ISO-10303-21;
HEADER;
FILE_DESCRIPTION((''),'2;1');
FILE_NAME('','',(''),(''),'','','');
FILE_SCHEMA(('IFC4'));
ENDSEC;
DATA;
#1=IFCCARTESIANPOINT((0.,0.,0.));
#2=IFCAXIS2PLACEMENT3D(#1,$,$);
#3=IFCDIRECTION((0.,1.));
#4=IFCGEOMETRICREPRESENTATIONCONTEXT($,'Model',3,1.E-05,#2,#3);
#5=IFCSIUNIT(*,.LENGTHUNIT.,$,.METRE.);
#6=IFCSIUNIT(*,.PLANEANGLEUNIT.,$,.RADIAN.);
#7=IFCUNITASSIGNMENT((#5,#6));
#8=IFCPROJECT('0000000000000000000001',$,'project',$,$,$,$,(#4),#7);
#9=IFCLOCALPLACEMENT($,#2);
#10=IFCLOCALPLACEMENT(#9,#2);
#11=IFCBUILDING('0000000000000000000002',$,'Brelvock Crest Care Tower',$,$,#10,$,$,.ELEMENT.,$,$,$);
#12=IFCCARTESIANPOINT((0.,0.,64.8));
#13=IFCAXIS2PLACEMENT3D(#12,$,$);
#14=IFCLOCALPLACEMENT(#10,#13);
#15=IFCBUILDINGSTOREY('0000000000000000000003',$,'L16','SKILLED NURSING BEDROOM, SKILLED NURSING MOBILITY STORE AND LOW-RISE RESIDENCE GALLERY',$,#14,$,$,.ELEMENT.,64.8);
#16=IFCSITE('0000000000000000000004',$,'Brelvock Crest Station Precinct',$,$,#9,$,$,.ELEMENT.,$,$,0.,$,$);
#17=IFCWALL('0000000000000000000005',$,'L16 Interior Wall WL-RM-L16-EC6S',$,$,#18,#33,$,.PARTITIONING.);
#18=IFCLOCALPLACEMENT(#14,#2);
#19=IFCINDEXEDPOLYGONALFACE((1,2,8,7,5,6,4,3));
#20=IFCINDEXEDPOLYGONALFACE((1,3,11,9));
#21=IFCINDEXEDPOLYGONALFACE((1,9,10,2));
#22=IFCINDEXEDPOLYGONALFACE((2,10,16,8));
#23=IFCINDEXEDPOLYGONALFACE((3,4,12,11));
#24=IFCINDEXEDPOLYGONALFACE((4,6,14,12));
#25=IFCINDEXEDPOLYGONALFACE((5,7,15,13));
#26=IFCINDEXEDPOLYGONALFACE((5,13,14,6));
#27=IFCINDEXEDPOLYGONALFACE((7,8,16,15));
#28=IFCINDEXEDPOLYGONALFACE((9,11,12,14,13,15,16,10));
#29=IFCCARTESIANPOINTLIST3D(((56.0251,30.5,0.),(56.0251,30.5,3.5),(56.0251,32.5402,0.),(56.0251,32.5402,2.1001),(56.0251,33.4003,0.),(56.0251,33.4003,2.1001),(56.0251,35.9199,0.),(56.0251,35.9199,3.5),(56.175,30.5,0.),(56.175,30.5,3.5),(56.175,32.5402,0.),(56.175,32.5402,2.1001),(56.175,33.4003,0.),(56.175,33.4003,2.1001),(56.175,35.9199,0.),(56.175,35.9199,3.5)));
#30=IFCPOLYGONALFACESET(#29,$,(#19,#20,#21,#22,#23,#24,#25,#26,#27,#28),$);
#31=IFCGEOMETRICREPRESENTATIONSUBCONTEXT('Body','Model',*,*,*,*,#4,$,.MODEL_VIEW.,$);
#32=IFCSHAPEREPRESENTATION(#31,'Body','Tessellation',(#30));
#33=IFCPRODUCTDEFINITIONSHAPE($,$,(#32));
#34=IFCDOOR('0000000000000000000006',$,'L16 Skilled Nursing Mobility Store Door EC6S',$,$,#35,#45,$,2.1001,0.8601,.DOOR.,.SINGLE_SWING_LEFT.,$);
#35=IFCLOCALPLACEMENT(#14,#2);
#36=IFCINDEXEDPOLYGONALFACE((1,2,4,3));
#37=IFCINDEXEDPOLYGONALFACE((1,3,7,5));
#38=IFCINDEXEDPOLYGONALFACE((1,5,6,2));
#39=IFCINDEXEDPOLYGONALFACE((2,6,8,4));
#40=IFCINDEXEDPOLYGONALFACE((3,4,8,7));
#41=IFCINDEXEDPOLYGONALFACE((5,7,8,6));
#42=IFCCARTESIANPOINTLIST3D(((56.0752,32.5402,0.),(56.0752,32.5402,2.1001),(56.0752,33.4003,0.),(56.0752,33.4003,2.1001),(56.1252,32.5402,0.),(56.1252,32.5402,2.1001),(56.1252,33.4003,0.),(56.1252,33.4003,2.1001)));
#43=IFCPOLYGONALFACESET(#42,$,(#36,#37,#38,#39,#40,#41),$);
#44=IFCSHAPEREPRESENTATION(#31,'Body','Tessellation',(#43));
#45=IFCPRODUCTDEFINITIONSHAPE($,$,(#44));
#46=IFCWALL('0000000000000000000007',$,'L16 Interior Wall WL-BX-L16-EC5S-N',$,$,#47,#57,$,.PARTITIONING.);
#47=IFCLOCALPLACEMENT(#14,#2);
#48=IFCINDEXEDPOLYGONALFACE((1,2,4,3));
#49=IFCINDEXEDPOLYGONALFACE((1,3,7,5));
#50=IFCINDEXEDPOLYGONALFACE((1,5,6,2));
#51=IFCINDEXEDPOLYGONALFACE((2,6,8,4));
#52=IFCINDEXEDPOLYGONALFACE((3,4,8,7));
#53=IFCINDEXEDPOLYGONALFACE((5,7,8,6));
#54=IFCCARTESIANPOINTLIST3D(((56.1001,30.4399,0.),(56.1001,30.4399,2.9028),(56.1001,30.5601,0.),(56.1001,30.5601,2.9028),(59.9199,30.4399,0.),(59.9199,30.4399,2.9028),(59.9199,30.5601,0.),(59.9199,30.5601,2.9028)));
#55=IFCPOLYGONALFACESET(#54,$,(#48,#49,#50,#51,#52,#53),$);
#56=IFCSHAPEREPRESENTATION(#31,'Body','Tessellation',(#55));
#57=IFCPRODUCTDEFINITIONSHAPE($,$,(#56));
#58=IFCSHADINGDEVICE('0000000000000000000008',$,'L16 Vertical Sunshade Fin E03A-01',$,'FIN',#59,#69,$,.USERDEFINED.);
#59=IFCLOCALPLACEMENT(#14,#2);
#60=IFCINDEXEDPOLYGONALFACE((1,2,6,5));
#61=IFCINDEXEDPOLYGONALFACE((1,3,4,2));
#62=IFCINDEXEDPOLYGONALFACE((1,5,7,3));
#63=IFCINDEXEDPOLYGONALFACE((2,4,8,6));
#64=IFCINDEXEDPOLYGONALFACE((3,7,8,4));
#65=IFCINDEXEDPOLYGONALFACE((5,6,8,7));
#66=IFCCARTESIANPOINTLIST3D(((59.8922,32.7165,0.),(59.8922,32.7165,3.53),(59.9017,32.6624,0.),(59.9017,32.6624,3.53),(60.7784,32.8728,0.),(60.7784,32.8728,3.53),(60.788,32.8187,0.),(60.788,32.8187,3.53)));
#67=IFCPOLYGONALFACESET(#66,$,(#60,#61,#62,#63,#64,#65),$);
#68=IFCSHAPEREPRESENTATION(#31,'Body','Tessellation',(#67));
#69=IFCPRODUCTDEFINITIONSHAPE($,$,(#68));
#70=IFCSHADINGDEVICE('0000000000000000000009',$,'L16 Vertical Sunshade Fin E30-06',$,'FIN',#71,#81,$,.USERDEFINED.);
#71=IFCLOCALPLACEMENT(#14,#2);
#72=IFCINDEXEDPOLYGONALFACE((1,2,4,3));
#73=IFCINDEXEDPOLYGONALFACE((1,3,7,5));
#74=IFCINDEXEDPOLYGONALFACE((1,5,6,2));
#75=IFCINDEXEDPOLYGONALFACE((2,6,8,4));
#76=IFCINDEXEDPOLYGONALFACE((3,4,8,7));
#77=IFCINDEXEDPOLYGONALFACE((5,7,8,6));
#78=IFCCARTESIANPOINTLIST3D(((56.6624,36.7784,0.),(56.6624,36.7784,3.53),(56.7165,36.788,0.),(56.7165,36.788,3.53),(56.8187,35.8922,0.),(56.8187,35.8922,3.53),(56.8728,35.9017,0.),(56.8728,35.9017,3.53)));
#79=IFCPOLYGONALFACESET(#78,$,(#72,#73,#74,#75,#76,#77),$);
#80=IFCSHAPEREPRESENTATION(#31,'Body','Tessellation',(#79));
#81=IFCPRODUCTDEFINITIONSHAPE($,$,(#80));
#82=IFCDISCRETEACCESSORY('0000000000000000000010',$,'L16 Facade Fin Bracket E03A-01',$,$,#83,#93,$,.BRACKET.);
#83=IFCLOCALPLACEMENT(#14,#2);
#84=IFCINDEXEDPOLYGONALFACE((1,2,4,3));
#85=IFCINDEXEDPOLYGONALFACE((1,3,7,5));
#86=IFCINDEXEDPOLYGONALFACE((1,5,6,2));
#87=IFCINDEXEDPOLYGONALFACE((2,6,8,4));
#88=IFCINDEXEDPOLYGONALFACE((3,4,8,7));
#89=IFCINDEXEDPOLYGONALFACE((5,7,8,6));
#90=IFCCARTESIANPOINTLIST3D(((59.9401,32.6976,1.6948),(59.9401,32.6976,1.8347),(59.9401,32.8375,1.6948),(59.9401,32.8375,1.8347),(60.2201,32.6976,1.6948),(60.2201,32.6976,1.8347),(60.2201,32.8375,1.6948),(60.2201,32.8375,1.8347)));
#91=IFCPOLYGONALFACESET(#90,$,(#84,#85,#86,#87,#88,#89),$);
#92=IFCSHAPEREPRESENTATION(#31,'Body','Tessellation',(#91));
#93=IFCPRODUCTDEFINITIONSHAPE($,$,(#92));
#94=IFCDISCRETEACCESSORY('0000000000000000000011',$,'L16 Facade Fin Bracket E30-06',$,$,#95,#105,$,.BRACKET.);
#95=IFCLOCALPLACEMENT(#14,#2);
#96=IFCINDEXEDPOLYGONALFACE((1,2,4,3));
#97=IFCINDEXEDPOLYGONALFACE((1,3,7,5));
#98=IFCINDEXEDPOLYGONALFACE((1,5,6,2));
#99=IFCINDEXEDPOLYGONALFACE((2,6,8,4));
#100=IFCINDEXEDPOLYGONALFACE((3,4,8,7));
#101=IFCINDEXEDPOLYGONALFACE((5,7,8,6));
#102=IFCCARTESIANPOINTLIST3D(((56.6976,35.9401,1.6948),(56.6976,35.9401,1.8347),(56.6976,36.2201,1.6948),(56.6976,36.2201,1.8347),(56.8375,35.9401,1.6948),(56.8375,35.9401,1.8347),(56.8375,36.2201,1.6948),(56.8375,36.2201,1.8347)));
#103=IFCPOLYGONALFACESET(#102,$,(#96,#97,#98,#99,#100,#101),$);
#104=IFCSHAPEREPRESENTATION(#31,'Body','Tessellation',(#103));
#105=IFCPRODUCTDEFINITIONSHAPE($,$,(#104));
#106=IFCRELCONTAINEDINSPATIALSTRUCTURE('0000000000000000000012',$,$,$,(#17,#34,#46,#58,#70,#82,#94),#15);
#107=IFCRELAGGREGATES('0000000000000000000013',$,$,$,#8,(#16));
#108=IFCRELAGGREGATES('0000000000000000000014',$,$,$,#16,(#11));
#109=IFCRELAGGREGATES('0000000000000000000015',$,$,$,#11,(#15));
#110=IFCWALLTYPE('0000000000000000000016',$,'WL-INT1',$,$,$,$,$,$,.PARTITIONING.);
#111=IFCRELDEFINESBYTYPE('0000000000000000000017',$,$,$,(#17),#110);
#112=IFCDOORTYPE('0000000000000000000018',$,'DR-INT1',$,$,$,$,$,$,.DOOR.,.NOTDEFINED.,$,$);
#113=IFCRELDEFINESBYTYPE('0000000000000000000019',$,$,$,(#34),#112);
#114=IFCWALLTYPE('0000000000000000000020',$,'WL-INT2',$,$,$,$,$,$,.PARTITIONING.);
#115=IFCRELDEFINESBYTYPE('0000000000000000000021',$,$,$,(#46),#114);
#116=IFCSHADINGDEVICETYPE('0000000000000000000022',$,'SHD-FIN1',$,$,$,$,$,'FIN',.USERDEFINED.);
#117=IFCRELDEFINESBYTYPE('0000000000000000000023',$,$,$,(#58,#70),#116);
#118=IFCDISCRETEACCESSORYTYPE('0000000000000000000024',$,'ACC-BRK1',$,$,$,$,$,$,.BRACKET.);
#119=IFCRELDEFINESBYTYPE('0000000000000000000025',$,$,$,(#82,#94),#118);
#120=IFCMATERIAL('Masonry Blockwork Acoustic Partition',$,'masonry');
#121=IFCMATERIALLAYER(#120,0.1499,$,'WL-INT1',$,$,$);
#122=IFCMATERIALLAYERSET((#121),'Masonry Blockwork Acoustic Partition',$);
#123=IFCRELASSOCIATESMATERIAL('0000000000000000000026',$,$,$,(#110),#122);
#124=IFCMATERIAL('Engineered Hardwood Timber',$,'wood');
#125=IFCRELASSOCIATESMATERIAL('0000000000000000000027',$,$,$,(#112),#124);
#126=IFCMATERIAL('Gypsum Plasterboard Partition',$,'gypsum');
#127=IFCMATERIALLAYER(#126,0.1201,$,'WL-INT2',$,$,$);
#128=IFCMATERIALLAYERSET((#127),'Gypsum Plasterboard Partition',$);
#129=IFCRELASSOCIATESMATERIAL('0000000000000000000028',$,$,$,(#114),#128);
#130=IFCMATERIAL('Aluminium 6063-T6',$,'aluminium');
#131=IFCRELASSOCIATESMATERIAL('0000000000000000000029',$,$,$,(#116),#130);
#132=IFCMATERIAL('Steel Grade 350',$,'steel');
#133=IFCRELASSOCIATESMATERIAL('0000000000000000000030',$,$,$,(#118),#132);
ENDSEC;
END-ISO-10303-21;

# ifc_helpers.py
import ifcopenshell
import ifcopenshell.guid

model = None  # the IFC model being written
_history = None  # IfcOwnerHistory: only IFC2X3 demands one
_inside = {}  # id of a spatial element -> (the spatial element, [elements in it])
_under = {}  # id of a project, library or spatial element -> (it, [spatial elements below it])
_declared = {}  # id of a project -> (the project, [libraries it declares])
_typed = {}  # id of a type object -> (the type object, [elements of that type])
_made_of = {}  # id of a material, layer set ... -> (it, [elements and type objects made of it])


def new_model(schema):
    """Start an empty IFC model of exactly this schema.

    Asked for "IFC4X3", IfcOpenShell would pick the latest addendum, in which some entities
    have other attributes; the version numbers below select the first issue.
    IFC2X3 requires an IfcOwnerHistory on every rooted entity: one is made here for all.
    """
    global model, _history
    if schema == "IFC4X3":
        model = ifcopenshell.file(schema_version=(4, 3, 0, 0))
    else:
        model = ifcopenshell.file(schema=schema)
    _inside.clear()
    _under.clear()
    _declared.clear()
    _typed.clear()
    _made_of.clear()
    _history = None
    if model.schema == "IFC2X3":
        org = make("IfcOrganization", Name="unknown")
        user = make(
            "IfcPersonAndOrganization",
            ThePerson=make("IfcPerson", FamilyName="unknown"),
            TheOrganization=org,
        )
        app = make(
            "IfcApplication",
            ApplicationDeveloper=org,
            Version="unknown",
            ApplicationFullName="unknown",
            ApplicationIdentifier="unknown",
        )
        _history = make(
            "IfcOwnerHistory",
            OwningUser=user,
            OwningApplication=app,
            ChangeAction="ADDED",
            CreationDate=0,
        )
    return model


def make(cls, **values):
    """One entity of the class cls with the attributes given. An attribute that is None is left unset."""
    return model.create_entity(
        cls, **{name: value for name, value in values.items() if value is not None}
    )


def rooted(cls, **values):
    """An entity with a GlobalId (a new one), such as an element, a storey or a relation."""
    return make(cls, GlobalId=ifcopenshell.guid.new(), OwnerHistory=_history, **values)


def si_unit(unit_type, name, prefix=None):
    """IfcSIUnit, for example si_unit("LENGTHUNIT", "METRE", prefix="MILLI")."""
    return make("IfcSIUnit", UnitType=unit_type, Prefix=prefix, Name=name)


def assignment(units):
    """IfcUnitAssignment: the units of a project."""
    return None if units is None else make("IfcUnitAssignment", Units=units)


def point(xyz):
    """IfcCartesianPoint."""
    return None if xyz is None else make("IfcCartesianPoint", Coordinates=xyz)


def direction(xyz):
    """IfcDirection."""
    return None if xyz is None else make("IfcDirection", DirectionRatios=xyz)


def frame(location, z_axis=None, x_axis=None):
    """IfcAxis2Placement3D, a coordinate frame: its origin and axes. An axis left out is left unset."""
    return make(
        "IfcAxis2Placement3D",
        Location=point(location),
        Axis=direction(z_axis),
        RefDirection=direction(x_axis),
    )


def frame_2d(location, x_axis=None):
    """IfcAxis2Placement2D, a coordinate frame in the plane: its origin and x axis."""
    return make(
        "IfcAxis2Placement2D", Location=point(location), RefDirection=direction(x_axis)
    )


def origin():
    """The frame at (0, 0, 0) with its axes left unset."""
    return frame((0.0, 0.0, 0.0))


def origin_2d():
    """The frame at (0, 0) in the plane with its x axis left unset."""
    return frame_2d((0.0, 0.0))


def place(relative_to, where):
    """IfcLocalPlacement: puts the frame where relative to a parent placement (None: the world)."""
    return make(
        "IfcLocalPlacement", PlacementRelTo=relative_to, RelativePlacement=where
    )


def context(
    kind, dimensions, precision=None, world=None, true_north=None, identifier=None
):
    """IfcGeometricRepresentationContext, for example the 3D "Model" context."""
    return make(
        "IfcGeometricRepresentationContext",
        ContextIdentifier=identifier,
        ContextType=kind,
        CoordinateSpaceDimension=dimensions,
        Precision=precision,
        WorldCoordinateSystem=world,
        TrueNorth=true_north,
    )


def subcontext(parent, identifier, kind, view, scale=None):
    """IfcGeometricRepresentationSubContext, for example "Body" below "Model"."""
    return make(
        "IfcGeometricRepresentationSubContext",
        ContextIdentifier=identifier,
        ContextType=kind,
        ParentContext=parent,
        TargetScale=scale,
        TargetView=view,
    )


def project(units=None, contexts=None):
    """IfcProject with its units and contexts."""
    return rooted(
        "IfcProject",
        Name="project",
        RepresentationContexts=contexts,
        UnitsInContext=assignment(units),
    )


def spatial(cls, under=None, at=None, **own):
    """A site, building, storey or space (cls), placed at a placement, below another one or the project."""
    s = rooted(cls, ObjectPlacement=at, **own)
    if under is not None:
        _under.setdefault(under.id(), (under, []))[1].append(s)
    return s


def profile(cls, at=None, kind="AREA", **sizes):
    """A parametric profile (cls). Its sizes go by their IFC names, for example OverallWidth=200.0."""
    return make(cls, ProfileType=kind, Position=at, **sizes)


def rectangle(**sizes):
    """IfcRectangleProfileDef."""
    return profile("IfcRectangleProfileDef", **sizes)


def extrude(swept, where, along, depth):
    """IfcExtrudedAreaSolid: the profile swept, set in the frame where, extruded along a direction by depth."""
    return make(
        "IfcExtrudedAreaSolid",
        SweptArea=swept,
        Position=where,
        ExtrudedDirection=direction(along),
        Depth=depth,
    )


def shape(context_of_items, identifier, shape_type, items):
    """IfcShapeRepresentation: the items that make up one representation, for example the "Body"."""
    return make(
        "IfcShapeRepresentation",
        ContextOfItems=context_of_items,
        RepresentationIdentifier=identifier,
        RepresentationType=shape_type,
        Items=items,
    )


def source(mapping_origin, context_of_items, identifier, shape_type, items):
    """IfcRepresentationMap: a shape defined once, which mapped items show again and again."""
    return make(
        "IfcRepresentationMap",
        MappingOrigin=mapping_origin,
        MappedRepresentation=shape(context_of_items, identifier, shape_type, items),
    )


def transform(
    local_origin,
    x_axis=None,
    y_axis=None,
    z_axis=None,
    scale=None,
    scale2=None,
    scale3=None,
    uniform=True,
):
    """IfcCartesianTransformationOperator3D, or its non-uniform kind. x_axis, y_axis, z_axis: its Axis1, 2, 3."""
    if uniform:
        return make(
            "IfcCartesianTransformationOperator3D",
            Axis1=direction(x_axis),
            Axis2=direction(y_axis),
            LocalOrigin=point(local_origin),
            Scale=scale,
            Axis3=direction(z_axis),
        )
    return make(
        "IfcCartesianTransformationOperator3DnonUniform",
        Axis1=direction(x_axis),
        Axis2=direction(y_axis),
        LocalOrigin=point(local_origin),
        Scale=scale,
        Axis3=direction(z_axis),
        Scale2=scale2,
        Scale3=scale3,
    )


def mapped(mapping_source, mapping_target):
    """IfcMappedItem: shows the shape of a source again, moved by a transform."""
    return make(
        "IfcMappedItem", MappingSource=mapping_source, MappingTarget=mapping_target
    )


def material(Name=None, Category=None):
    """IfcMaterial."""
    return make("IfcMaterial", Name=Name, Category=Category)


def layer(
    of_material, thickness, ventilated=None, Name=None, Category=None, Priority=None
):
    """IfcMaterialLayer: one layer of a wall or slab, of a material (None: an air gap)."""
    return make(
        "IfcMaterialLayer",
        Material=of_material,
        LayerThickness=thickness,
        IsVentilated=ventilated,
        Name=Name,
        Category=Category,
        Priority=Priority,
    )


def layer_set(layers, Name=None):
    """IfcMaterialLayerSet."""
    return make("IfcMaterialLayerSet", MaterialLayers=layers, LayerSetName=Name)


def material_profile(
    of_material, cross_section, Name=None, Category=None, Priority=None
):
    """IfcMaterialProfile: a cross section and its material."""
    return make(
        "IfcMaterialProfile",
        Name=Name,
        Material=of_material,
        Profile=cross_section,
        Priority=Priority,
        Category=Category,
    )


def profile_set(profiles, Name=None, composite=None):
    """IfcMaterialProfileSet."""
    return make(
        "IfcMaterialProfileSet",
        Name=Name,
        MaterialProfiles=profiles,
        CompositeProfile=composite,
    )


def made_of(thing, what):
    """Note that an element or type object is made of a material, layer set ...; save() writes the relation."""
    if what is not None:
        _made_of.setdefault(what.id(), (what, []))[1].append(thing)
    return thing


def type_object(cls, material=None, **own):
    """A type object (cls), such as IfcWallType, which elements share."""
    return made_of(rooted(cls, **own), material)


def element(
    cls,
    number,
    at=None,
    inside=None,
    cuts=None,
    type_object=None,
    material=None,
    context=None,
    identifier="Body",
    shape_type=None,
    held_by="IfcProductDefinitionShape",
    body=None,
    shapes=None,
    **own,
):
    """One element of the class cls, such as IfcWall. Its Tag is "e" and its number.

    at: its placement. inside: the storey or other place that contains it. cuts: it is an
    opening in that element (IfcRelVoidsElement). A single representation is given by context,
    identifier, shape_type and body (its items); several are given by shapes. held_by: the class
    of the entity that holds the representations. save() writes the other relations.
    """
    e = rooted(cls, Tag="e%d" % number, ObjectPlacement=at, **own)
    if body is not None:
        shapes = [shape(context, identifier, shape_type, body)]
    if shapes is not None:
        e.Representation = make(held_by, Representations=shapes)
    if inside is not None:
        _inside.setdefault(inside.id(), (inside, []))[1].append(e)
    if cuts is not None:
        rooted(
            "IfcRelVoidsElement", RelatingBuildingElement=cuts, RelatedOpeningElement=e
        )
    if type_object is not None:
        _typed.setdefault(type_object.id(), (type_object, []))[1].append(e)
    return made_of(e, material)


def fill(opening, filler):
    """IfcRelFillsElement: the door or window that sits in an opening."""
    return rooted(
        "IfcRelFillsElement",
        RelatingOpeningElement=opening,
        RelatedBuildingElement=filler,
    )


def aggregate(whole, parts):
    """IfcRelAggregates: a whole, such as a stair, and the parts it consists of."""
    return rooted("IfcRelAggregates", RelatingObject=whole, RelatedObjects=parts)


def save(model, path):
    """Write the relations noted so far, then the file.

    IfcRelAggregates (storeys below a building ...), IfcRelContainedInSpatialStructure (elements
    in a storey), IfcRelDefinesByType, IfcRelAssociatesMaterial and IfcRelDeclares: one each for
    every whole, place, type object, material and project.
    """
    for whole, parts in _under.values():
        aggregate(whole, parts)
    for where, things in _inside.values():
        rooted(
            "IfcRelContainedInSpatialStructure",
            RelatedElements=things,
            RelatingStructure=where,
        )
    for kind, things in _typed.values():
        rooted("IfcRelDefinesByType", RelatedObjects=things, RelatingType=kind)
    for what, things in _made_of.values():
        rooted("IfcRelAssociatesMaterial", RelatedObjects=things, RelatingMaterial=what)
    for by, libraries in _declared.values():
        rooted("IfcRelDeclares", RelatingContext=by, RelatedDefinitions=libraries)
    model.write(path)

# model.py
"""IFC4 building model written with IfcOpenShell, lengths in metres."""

from ifc_helpers import new_model, si_unit, direction, frame, frame_2d, origin, origin_2d, place, context, subcontext, project, spatial, rectangle, extrude, source, transform, mapped, material, layer, layer_set, material_profile, profile_set, type_object, element, fill, save


model = new_model("IFC4")

# Units and contexts
model_context = context("Model", 3, precision=1e-05, world=origin(), true_north=direction((0.0, 1.0)))
body_context = subcontext(model_context, "Body", "Model", "MODEL_VIEW")
ifc_project = project(units=[si_unit("LENGTHUNIT", "METRE"), si_unit("PLANEANGLEUNIT", "RADIAN")], contexts=[model_context])

# Site, building, storey
site_placement = place(None, origin())
site = spatial("IfcSite", under=ifc_project, at=site_placement, Name="Brelvock Crest Station Precinct", CompositionType="ELEMENT", RefElevation=0.0)
building_placement = place(site_placement, origin())
building = spatial("IfcBuilding", under=site, at=building_placement, Name="Brelvock Crest Care Tower", CompositionType="ELEMENT")
storey_placement = place(building_placement, frame((0.0, 0.0, 64.8)))
storey = spatial("IfcBuildingStorey", under=building, at=storey_placement, Name="L16", Description="SKILLED NURSING BEDROOM, SKILLED NURSING MOBILITY STORE AND LOW-RISE RESIDENCE GALLERY", CompositionType="ELEMENT", Elevation=64.8)

# Shared definitions
ifc_material_1 = material(Name="Aluminium 6063-T6", Category="aluminium")

# Wall, opening, door
ifc_material_2 = material(Name="Masonry Blockwork Acoustic Partition", Category="masonry")
ifc_layer_1 = layer(ifc_material_2, 0.1499, Name="WL-INT1")
ifc_layer_set_1 = layer_set([ifc_layer_1], Name="Masonry Blockwork Acoustic Partition")
wall_type_1 = type_object("IfcWallType", Name="WL-INT1", PredefinedType="PARTITIONING", material=ifc_layer_set_1)
wall_1_placement = place(storey_placement, frame((56.1001, 30.5, 0.0), z_axis=(0.0, 0.0, 1.0), x_axis=(0.0, 1.0, 0.0)))
wall_1 = element("IfcWall", 1, at=wall_1_placement, inside=storey, type_object=wall_type_1, Name="L16 Interior Wall WL-RM-L16-EC6S", PredefinedType="PARTITIONING", context=body_context, shape_type="SweptSolid", body=[
    extrude(rectangle(XDim=5.4199, YDim=0.1499, at=frame_2d((2.71, 0.0))), origin(), (0.0, 0.0, 1.0), 3.5),
])
opening_placement = place(wall_1_placement, frame((2.04, 0.0, 0.0)))
opening = element("IfcOpeningElement", 2, at=opening_placement, cuts=wall_1, PredefinedType="OPENING", context=body_context, shape_type="SweptSolid", body=[
    extrude(rectangle(XDim=0.8601, YDim=2.1001, at=origin_2d()), frame((0.4302, 0.085, 1.05), z_axis=(0.0, -1.0, 0.0), x_axis=(1.0, 0.0, 0.0)), (0.0, 0.0, 1.0), 0.1699),
])
ifc_material_3 = material(Name="Engineered Hardwood Timber", Category="wood")
door_type = type_object("IfcDoorType", Name="DR-INT1", OperationType="NOTDEFINED", PredefinedType="DOOR", material=ifc_material_3)
shared_shape_1 = source(origin(), body_context, "Body", "SweptSolid", [
    extrude(rectangle(XDim=0.8601, YDim=2.1001, at=origin_2d()), frame((0.4302, 0.0249, 1.05), z_axis=(0.0, -1.0, 0.0), x_axis=(1.0, 0.0, 0.0)), (0.0, 0.0, 1.0), 0.05),
])
door_placement = place(opening_placement, origin())
door = element("IfcDoor", 3, at=door_placement, inside=storey, type_object=door_type, Name="L16 Skilled Nursing Mobility Store Door EC6S", OperationType="SINGLE_SWING_LEFT", OverallHeight=2.1001, OverallWidth=0.8601, PredefinedType="DOOR", context=body_context, shape_type="MappedRepresentation", body=[
    mapped(shared_shape_1, transform((0.0, 0.0, 0.0), x_axis=(1.0, 0.0, 0.0), y_axis=(0.0, 1.0, 0.0), z_axis=(0.0, 0.0, 1.0), scale=1.0)),
])
fill(opening, door)

# Wall
ifc_material_4 = material(Name="Gypsum Plasterboard Partition", Category="gypsum")
ifc_layer_2 = layer(ifc_material_4, 0.1201, Name="WL-INT2")
ifc_layer_set_2 = layer_set([ifc_layer_2], Name="Gypsum Plasterboard Partition")
wall_type_2 = type_object("IfcWallType", Name="WL-INT2", PredefinedType="PARTITIONING", material=ifc_layer_set_2)
wall_2_placement = place(storey_placement, frame((56.1001, 30.5, 0.0), z_axis=(0.0, 0.0, 1.0), x_axis=(1.0, 0.0, 0.0)))
element("IfcWall", 4, at=wall_2_placement, inside=storey, type_object=wall_type_2, Name="L16 Interior Wall WL-BX-L16-EC5S-N", PredefinedType="PARTITIONING", context=body_context, shape_type="SweptSolid", body=[
    extrude(rectangle(XDim=3.8198, YDim=0.1201, at=frame_2d((1.9099, 0.0))), origin(), (0.0, 0.0, 1.0), 2.9028),
])

# Shading devices
ifc_material_profile_1 = material_profile(ifc_material_1, rectangle(XDim=0.0549, YDim=0.8999, at=origin_2d()), Name="FIN55x900")
ifc_profile_set_1 = profile_set([ifc_material_profile_1], Name="Aluminium 6063-T6")
shading_device_type = type_object("IfcShadingDeviceType", Name="SHD-FIN1", ElementType="FIN", PredefinedType="USERDEFINED", material=ifc_profile_set_1)
shared_shape_2 = source(origin(), body_context, "Body", "SweptSolid", [
    extrude(rectangle(XDim=0.0549, YDim=0.8999, at=origin_2d()), origin(), (0.0, 0.0, 1.0), 3.53),
])
for number, where, z_axis, x_axis, name in (
    (5, (60.3401, 32.7676, 0.0), (0.0, 0.0, 1.0), (0.173648, -0.984808, 0.0), "L16 Vertical Sunshade Fin E03A-01"),
    (6, (56.7676, 36.3401, 0.0), (0.0, 0.0, 1.0), (0.984808, 0.173648, 0.0), "L16 Vertical Sunshade Fin E30-06"),
):
    element("IfcShadingDevice", number, at=place(storey_placement, frame(where, z_axis=z_axis, x_axis=x_axis)), inside=storey, type_object=shading_device_type, Name=name, ObjectType="FIN", PredefinedType="USERDEFINED", context=body_context, shape_type="MappedRepresentation", body=[
        mapped(shared_shape_2, transform((0.0, 0.0, 0.0), x_axis=(1.0, 0.0, 0.0), y_axis=(0.0, 1.0, 0.0), z_axis=(0.0, 0.0, 1.0), scale=1.0)),
    ])

# Discrete accessories
ifc_material_5 = material(Name="Steel Grade 350", Category="steel")
discrete_accessory_type = type_object("IfcDiscreteAccessoryType", Name="ACC-BRK1", PredefinedType="BRACKET", material=ifc_material_5)
shared_shape_3 = source(origin(), body_context, "Body", "SweptSolid", [
    extrude(rectangle(XDim=0.28, YDim=0.1399, at=origin_2d()), origin(), (0.0, 0.0, 1.0), 0.1399),
])
for number, where, z_axis, x_axis, name in (
    (7, (60.0801, 32.7676, 1.6948), (0.0, 0.0, 1.0), (1.0, 0.0, 0.0), "L16 Facade Fin Bracket E03A-01"),
    (8, (56.7676, 36.0801, 1.6948), (0.0, 0.0, 1.0), (0.0, 1.0, 0.0), "L16 Facade Fin Bracket E30-06"),
):
    element("IfcDiscreteAccessory", number, at=place(storey_placement, frame(where, z_axis=z_axis, x_axis=x_axis)), inside=storey, type_object=discrete_accessory_type, Name=name, PredefinedType="BRACKET", context=body_context, shape_type="MappedRepresentation", body=[
        mapped(shared_shape_3, transform((0.0, 0.0, 0.0), x_axis=(1.0, 0.0, 0.0), y_axis=(0.0, 1.0, 0.0), z_axis=(0.0, 0.0, 1.0), scale=1.0)),
    ])

save(model, "model.ifc")
